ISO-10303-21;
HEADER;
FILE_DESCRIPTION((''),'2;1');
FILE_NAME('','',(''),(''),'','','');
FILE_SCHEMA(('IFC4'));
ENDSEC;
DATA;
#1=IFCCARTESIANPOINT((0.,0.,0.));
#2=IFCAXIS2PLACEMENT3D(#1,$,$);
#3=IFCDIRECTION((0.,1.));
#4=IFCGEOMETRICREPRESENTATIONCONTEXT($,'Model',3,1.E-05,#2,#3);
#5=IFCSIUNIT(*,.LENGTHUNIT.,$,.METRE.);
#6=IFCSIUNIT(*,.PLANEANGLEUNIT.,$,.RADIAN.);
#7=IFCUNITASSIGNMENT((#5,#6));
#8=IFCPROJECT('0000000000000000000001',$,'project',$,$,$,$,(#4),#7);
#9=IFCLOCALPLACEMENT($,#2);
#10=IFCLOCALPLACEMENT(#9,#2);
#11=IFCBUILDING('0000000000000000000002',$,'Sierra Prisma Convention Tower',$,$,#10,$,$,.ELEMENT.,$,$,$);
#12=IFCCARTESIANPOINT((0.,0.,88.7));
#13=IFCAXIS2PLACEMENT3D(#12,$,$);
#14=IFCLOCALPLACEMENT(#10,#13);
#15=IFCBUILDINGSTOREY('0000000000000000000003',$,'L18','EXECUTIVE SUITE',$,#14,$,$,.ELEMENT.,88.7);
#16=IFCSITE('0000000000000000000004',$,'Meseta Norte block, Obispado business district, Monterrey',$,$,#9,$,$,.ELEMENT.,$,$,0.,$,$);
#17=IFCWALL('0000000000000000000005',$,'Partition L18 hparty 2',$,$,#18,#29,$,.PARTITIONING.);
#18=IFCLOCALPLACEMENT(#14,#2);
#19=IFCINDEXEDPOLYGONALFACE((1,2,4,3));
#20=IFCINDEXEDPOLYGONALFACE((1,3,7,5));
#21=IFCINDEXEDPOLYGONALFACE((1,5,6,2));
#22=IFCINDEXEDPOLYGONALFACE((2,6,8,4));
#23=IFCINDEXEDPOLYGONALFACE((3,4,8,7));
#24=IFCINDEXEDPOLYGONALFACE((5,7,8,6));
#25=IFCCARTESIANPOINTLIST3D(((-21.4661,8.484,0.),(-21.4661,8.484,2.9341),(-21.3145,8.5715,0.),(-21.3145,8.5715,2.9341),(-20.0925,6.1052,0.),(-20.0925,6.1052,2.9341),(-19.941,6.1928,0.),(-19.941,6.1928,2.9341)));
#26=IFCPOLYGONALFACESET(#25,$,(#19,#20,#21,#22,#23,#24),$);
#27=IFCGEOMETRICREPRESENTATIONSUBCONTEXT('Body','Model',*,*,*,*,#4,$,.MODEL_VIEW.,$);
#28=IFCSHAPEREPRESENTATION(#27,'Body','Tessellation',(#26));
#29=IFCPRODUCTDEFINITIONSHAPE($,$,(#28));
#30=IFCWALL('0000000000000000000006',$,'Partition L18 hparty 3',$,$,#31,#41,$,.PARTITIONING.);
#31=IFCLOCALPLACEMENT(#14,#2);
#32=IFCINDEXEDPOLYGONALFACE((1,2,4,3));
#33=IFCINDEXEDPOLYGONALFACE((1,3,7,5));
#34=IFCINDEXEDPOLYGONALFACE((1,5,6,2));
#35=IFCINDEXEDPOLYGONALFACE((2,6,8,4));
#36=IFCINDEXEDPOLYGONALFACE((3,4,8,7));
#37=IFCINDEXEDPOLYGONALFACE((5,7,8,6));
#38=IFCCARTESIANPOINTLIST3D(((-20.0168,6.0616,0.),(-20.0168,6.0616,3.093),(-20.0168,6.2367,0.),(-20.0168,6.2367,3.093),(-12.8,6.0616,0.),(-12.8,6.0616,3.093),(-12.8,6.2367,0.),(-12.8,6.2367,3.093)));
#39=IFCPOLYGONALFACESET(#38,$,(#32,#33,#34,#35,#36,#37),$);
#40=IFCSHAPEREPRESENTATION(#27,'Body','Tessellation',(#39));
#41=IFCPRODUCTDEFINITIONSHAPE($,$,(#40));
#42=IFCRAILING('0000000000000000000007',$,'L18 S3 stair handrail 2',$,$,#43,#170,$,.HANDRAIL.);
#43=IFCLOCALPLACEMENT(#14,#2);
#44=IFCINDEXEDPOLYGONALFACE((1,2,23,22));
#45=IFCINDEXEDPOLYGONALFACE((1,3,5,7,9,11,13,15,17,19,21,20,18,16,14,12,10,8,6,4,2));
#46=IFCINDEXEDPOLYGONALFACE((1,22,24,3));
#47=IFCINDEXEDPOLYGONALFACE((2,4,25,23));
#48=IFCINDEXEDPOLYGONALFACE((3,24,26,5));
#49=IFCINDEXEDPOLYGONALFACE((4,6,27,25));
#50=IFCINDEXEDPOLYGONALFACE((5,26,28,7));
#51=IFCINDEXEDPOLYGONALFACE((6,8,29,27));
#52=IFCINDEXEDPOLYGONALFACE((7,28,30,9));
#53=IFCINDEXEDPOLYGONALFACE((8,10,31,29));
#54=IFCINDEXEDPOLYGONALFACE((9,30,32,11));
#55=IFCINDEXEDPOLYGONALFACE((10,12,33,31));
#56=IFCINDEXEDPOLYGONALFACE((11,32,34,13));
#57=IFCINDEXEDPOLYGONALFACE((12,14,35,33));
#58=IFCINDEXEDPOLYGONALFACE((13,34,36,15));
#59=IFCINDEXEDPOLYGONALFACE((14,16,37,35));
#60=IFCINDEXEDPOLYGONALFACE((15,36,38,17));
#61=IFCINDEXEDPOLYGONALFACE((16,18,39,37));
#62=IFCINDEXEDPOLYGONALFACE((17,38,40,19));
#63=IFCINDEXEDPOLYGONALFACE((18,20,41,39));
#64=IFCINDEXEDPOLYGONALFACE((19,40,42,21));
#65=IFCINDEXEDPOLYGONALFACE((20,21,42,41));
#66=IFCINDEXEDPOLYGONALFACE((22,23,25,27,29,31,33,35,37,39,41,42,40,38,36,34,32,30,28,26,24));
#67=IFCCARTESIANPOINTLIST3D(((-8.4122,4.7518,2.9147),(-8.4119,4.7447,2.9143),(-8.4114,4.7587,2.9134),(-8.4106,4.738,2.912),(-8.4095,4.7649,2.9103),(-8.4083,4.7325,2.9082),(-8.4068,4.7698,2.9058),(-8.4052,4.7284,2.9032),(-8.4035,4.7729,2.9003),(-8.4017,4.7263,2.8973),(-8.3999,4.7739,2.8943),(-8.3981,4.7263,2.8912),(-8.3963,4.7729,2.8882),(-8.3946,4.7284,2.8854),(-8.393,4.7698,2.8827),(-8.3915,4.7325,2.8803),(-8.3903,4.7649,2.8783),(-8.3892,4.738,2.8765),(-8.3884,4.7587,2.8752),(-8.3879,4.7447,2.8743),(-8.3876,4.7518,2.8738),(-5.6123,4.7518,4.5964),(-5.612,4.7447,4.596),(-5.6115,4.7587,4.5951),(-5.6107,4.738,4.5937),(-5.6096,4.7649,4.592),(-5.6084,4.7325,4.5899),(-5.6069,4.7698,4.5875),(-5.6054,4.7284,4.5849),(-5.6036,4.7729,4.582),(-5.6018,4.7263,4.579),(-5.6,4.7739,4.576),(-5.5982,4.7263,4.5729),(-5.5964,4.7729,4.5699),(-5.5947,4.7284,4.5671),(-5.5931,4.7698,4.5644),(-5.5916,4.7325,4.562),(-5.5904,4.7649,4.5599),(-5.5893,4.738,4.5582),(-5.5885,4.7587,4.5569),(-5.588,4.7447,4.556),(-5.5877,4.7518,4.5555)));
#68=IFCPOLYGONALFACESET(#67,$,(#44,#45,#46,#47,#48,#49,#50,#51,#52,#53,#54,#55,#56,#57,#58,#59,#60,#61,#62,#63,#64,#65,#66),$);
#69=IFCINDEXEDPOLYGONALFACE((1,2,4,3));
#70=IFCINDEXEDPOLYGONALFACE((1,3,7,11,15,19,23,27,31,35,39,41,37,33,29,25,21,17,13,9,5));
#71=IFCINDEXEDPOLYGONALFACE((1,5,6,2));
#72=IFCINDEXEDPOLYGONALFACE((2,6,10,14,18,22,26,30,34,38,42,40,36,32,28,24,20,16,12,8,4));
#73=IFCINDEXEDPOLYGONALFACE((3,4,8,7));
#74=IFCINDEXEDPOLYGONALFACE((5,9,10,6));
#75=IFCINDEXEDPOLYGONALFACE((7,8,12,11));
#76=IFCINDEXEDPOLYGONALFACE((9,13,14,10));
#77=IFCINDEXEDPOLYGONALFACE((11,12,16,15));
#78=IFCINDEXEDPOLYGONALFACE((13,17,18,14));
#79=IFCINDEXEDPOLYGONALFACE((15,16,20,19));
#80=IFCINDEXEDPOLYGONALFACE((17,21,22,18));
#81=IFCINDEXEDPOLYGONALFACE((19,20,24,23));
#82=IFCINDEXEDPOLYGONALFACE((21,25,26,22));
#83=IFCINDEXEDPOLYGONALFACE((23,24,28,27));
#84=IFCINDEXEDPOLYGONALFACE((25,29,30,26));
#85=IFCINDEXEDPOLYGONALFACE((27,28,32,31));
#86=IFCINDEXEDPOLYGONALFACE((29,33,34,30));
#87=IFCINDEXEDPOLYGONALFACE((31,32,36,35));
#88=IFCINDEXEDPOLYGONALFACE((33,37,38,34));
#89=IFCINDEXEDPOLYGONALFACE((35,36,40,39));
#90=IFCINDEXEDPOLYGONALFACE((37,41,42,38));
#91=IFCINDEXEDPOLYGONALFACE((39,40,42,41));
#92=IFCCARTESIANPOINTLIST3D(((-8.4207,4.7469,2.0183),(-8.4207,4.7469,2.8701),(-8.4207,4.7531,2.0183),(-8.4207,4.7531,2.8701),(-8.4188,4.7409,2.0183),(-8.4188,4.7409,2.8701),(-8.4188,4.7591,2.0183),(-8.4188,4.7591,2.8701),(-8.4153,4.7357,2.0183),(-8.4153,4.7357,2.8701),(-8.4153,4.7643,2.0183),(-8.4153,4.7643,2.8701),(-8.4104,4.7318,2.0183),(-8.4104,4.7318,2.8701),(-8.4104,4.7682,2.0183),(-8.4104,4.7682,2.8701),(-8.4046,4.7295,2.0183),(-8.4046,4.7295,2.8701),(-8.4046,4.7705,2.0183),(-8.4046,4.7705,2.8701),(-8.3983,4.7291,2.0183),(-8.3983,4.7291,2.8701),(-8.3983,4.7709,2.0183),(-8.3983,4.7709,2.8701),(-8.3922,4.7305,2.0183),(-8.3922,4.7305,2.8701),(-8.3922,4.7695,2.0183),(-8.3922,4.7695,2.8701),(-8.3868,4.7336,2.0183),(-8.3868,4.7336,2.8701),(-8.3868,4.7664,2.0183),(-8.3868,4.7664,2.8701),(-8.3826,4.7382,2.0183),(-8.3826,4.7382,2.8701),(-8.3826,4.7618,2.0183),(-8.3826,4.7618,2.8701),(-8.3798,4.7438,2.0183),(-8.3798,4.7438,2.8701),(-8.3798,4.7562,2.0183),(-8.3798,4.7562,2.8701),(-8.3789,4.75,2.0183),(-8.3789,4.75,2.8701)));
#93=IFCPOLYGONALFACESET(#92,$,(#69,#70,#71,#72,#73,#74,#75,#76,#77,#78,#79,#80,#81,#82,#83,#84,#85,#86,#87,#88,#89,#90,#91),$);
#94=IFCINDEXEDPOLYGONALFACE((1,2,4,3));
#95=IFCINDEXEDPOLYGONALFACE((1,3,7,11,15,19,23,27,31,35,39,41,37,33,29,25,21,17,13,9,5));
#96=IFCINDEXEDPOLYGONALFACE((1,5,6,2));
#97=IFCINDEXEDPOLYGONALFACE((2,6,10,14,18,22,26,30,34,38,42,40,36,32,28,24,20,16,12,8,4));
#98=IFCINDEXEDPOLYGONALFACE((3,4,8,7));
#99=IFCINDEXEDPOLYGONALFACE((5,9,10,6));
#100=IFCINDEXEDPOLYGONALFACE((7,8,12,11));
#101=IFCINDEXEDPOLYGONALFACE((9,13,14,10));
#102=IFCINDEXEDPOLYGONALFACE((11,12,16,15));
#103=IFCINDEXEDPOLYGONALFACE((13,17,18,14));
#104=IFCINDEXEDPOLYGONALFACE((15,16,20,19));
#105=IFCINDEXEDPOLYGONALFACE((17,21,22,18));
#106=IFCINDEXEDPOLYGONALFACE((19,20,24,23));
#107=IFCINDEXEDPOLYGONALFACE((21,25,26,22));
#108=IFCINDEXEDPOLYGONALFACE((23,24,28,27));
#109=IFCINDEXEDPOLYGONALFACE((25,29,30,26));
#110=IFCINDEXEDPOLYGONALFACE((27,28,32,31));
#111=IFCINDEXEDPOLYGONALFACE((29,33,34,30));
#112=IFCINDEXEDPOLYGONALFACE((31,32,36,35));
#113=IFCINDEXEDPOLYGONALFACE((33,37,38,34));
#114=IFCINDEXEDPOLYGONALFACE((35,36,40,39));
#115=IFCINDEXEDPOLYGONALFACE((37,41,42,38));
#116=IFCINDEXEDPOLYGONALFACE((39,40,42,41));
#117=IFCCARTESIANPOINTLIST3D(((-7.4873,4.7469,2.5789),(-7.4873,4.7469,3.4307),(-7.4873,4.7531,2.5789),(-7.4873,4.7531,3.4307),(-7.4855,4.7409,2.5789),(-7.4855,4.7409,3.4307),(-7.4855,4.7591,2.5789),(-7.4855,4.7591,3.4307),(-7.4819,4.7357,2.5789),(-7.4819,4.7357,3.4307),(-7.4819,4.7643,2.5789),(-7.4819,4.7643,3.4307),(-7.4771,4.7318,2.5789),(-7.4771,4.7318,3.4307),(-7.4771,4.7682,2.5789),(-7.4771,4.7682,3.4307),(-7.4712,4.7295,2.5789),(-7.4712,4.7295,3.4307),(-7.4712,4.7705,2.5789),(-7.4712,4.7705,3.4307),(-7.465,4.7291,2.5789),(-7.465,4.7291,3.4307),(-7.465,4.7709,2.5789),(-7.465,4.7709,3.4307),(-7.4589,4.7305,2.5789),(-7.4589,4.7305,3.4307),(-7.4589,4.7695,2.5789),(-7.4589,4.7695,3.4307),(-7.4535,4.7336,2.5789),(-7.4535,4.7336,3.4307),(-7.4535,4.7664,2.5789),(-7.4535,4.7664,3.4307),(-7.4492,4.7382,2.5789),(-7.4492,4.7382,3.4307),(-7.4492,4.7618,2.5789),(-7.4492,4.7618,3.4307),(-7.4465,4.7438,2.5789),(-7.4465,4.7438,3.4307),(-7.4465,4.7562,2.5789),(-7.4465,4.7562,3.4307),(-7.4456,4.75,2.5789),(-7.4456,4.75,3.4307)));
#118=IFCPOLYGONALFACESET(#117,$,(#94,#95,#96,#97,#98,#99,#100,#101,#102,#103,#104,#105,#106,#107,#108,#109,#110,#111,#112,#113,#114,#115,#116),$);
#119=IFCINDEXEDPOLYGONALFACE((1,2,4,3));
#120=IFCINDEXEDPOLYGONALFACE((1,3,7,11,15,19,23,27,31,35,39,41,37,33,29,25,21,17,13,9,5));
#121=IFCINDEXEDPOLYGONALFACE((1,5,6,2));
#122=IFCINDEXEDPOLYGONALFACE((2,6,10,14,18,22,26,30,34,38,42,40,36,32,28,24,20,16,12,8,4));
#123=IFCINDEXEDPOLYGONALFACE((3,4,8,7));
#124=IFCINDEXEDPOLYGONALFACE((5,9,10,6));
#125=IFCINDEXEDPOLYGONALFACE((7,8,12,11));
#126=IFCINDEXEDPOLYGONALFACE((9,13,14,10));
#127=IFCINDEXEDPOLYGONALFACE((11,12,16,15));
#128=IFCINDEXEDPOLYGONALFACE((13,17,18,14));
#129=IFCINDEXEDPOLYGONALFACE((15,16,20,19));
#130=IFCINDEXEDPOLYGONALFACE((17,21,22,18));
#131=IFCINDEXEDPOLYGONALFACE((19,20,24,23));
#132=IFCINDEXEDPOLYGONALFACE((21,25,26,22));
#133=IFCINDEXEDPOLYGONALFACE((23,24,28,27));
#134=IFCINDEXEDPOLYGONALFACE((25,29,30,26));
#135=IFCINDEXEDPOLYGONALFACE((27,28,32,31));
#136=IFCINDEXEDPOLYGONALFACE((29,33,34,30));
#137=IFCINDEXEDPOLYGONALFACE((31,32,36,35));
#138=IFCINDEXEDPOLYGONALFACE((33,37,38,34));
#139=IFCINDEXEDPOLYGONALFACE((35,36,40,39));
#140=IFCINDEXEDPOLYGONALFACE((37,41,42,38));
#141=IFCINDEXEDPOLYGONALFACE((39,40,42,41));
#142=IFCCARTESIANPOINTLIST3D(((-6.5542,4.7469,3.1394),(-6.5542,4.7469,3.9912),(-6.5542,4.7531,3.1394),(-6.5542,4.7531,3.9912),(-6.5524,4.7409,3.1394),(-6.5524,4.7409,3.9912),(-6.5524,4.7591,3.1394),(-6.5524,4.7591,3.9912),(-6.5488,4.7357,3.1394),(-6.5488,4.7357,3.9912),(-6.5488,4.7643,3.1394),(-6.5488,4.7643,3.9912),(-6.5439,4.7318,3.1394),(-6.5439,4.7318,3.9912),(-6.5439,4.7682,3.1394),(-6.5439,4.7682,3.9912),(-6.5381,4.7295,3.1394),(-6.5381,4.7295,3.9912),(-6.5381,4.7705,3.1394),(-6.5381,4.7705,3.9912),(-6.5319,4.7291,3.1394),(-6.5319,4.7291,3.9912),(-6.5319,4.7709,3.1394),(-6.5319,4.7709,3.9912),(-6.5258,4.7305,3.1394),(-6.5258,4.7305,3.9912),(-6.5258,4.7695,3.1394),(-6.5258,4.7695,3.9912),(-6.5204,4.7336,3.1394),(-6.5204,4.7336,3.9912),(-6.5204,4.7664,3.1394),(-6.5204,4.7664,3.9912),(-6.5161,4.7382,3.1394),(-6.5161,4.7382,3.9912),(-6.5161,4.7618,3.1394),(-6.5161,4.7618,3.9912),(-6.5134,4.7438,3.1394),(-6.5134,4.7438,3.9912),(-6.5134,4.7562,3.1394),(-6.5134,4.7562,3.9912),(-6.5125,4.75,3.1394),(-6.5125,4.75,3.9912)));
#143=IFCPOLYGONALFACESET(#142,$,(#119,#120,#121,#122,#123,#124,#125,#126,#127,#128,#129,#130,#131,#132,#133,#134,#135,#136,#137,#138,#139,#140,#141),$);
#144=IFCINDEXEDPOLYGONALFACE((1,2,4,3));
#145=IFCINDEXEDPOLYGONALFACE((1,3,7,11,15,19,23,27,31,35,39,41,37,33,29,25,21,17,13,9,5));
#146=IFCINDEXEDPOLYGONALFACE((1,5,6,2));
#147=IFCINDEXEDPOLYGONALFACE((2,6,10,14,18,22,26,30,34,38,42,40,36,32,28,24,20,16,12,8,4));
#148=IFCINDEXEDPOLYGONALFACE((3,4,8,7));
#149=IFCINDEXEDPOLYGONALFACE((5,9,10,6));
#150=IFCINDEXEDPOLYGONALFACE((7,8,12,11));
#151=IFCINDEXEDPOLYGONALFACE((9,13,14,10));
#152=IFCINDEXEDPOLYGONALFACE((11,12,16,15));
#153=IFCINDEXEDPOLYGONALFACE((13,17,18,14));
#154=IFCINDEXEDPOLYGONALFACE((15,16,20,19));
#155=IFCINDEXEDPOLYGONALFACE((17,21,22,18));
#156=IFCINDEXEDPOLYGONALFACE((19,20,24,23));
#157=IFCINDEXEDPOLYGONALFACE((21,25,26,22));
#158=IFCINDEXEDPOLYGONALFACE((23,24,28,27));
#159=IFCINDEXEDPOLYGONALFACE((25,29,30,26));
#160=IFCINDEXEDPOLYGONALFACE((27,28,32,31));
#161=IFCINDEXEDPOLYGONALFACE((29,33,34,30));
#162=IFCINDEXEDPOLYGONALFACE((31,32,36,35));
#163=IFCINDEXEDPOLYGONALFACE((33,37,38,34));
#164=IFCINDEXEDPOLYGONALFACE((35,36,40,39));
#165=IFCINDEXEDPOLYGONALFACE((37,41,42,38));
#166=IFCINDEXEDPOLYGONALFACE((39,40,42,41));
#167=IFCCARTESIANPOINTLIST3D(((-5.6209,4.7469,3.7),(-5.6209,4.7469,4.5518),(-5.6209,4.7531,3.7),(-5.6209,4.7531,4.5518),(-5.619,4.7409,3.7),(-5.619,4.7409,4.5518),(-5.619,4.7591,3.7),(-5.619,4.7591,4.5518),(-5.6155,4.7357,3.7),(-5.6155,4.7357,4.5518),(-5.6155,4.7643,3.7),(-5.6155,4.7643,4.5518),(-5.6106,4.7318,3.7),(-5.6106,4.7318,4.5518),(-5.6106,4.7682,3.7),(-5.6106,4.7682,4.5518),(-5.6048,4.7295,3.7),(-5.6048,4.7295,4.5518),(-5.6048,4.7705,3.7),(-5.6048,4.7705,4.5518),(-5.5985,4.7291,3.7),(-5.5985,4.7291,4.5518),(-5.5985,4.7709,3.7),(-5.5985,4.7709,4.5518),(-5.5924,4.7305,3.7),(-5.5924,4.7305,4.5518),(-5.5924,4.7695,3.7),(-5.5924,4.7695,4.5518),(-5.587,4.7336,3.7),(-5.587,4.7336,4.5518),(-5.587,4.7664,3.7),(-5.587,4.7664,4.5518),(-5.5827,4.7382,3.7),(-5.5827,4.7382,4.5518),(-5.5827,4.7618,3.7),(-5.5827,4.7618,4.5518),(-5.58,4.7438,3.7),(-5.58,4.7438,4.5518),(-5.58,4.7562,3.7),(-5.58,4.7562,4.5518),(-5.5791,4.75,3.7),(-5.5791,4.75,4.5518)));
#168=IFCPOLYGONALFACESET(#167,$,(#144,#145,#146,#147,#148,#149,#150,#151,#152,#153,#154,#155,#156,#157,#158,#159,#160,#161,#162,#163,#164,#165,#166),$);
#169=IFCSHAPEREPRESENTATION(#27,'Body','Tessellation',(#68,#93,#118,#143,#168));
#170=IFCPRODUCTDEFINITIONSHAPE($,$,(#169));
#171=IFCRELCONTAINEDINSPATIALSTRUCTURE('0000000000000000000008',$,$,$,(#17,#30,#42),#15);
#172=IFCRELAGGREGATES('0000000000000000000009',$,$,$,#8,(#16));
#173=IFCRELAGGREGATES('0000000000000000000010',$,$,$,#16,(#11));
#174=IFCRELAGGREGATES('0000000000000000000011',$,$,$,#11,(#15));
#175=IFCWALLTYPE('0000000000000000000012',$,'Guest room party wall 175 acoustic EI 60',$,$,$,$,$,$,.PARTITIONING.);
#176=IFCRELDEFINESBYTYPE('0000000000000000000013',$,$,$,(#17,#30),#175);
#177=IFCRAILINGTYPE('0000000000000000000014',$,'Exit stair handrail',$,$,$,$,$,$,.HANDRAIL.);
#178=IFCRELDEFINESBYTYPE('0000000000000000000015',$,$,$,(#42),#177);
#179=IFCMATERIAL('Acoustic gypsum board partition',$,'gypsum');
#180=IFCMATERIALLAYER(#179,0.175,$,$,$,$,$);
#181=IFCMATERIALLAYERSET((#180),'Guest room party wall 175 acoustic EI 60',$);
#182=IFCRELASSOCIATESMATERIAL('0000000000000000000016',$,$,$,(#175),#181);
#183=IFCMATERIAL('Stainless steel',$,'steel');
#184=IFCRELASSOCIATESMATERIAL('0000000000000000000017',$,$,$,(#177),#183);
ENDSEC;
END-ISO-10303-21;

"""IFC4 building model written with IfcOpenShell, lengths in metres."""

from ifc_helpers import new_model, si_unit, direction, frame, frame_2d, origin, origin_2d, place, context, subcontext, project, spatial, rectangle, circle, extrude, material, layer, layer_set, type_object, element, save


model = new_model("IFC4")

# Units and contexts
model_context = context("Model", 3, precision=1e-05, world=origin(), true_north=direction((0.0, 1.0)))
body_context = subcontext(model_context, "Body", "Model", "MODEL_VIEW")
ifc_project = project(units=[si_unit("LENGTHUNIT", "METRE"), si_unit("PLANEANGLEUNIT", "RADIAN")], contexts=[model_context])

# Site, building, storey
site_placement = place(None, origin())
site = spatial("IfcSite", under=ifc_project, at=site_placement, Name="Meseta Norte block, Obispado business district, Monterrey", CompositionType="ELEMENT", RefElevation=0.0)
building_placement = place(site_placement, origin())
building = spatial("IfcBuilding", under=site, at=building_placement, Name="Sierra Prisma Convention Tower", CompositionType="ELEMENT")
storey_placement = place(building_placement, frame((0.0, 0.0, 88.7)))
storey = spatial("IfcBuildingStorey", under=building, at=storey_placement, Name="L18", Description="EXECUTIVE SUITE", CompositionType="ELEMENT", Elevation=88.7)

# Walls
ifc_material_1 = material(Name="Acoustic gypsum board partition", Category="gypsum")
ifc_layer_1 = layer(ifc_material_1, 0.175)
ifc_layer_set_1 = layer_set([ifc_layer_1], Name="Guest room party wall 175 acoustic EI 60")
wall_type_1 = type_object("IfcWallType", Name="Guest room party wall 175 acoustic EI 60", PredefinedType="PARTITIONING", material=ifc_layer_set_1)
wall_1_placement = place(storey_placement, frame((-21.3904, 8.5278, 0.0), z_axis=(0.0, 0.0, 1.0), x_axis=(0.500058, -0.865992, 0.0)))
element("IfcWall", 1, at=wall_1_placement, inside=storey, type_object=wall_type_1, Name="Partition L18 hparty 2", PredefinedType="PARTITIONING", context=body_context, shape_type="SweptSolid", body=[
    extrude(rectangle(XDim=2.7468, YDim=0.175, at=frame_2d((1.3735, 0.0))), origin(), (0.0, 0.0, 1.0), 2.9341),
])
wall_2_placement = place(storey_placement, frame((-20.0168, 6.1492, 0.0), z_axis=(0.0, 0.0, 1.0), x_axis=(1.0, 0.0, 0.0)))
element("IfcWall", 2, at=wall_2_placement, inside=storey, type_object=wall_type_1, Name="Partition L18 hparty 3", PredefinedType="PARTITIONING", context=body_context, shape_type="SweptSolid", body=[
    extrude(rectangle(XDim=7.2168, YDim=0.175, at=frame_2d((3.6084, 0.0))), origin(), (0.0, 0.0, 1.0), 3.093),
])

# Railing
ifc_material_2 = material(Name="Stainless steel", Category="steel")
railing_type_1 = type_object("IfcRailingType", Name="Exit stair handrail", PredefinedType="HANDRAIL", material=ifc_material_2)
railing_1_placement = place(storey_placement, frame((-8.3999, 4.75, 2.0183)))
element("IfcRailing", 3, at=railing_1_placement, inside=storey, type_object=railing_type_1, Name="L18 S3 stair handrail 2", PredefinedType="HANDRAIL", context=body_context, shape_type="SweptSolid", body=[
    extrude(circle(Radius=0.0239, at=origin_2d()), frame((0.0, 0.0, 0.876), z_axis=(0.857255, 0.0, 0.514891), x_axis=(0.0, 1.0, 0.0)), (0.0, 0.0, 1.0), 3.2661),
    extrude(circle(Radius=0.021, at=origin_2d()), origin(), (0.0, 0.0, 1.0), 0.8518),
    extrude(circle(Radius=0.021, at=origin_2d()), frame((0.9333, 0.0, 0.5605)), (0.0, 0.0, 1.0), 0.8518),
    extrude(circle(Radius=0.021, at=origin_2d()), frame((1.8665, 0.0, 1.1211)), (0.0, 0.0, 1.0), 0.8518),
    extrude(circle(Radius=0.021, at=origin_2d()), frame((2.7998, 0.0, 1.6816)), (0.0, 0.0, 1.0), 0.8518),
])

save(model, "model.ifc")
